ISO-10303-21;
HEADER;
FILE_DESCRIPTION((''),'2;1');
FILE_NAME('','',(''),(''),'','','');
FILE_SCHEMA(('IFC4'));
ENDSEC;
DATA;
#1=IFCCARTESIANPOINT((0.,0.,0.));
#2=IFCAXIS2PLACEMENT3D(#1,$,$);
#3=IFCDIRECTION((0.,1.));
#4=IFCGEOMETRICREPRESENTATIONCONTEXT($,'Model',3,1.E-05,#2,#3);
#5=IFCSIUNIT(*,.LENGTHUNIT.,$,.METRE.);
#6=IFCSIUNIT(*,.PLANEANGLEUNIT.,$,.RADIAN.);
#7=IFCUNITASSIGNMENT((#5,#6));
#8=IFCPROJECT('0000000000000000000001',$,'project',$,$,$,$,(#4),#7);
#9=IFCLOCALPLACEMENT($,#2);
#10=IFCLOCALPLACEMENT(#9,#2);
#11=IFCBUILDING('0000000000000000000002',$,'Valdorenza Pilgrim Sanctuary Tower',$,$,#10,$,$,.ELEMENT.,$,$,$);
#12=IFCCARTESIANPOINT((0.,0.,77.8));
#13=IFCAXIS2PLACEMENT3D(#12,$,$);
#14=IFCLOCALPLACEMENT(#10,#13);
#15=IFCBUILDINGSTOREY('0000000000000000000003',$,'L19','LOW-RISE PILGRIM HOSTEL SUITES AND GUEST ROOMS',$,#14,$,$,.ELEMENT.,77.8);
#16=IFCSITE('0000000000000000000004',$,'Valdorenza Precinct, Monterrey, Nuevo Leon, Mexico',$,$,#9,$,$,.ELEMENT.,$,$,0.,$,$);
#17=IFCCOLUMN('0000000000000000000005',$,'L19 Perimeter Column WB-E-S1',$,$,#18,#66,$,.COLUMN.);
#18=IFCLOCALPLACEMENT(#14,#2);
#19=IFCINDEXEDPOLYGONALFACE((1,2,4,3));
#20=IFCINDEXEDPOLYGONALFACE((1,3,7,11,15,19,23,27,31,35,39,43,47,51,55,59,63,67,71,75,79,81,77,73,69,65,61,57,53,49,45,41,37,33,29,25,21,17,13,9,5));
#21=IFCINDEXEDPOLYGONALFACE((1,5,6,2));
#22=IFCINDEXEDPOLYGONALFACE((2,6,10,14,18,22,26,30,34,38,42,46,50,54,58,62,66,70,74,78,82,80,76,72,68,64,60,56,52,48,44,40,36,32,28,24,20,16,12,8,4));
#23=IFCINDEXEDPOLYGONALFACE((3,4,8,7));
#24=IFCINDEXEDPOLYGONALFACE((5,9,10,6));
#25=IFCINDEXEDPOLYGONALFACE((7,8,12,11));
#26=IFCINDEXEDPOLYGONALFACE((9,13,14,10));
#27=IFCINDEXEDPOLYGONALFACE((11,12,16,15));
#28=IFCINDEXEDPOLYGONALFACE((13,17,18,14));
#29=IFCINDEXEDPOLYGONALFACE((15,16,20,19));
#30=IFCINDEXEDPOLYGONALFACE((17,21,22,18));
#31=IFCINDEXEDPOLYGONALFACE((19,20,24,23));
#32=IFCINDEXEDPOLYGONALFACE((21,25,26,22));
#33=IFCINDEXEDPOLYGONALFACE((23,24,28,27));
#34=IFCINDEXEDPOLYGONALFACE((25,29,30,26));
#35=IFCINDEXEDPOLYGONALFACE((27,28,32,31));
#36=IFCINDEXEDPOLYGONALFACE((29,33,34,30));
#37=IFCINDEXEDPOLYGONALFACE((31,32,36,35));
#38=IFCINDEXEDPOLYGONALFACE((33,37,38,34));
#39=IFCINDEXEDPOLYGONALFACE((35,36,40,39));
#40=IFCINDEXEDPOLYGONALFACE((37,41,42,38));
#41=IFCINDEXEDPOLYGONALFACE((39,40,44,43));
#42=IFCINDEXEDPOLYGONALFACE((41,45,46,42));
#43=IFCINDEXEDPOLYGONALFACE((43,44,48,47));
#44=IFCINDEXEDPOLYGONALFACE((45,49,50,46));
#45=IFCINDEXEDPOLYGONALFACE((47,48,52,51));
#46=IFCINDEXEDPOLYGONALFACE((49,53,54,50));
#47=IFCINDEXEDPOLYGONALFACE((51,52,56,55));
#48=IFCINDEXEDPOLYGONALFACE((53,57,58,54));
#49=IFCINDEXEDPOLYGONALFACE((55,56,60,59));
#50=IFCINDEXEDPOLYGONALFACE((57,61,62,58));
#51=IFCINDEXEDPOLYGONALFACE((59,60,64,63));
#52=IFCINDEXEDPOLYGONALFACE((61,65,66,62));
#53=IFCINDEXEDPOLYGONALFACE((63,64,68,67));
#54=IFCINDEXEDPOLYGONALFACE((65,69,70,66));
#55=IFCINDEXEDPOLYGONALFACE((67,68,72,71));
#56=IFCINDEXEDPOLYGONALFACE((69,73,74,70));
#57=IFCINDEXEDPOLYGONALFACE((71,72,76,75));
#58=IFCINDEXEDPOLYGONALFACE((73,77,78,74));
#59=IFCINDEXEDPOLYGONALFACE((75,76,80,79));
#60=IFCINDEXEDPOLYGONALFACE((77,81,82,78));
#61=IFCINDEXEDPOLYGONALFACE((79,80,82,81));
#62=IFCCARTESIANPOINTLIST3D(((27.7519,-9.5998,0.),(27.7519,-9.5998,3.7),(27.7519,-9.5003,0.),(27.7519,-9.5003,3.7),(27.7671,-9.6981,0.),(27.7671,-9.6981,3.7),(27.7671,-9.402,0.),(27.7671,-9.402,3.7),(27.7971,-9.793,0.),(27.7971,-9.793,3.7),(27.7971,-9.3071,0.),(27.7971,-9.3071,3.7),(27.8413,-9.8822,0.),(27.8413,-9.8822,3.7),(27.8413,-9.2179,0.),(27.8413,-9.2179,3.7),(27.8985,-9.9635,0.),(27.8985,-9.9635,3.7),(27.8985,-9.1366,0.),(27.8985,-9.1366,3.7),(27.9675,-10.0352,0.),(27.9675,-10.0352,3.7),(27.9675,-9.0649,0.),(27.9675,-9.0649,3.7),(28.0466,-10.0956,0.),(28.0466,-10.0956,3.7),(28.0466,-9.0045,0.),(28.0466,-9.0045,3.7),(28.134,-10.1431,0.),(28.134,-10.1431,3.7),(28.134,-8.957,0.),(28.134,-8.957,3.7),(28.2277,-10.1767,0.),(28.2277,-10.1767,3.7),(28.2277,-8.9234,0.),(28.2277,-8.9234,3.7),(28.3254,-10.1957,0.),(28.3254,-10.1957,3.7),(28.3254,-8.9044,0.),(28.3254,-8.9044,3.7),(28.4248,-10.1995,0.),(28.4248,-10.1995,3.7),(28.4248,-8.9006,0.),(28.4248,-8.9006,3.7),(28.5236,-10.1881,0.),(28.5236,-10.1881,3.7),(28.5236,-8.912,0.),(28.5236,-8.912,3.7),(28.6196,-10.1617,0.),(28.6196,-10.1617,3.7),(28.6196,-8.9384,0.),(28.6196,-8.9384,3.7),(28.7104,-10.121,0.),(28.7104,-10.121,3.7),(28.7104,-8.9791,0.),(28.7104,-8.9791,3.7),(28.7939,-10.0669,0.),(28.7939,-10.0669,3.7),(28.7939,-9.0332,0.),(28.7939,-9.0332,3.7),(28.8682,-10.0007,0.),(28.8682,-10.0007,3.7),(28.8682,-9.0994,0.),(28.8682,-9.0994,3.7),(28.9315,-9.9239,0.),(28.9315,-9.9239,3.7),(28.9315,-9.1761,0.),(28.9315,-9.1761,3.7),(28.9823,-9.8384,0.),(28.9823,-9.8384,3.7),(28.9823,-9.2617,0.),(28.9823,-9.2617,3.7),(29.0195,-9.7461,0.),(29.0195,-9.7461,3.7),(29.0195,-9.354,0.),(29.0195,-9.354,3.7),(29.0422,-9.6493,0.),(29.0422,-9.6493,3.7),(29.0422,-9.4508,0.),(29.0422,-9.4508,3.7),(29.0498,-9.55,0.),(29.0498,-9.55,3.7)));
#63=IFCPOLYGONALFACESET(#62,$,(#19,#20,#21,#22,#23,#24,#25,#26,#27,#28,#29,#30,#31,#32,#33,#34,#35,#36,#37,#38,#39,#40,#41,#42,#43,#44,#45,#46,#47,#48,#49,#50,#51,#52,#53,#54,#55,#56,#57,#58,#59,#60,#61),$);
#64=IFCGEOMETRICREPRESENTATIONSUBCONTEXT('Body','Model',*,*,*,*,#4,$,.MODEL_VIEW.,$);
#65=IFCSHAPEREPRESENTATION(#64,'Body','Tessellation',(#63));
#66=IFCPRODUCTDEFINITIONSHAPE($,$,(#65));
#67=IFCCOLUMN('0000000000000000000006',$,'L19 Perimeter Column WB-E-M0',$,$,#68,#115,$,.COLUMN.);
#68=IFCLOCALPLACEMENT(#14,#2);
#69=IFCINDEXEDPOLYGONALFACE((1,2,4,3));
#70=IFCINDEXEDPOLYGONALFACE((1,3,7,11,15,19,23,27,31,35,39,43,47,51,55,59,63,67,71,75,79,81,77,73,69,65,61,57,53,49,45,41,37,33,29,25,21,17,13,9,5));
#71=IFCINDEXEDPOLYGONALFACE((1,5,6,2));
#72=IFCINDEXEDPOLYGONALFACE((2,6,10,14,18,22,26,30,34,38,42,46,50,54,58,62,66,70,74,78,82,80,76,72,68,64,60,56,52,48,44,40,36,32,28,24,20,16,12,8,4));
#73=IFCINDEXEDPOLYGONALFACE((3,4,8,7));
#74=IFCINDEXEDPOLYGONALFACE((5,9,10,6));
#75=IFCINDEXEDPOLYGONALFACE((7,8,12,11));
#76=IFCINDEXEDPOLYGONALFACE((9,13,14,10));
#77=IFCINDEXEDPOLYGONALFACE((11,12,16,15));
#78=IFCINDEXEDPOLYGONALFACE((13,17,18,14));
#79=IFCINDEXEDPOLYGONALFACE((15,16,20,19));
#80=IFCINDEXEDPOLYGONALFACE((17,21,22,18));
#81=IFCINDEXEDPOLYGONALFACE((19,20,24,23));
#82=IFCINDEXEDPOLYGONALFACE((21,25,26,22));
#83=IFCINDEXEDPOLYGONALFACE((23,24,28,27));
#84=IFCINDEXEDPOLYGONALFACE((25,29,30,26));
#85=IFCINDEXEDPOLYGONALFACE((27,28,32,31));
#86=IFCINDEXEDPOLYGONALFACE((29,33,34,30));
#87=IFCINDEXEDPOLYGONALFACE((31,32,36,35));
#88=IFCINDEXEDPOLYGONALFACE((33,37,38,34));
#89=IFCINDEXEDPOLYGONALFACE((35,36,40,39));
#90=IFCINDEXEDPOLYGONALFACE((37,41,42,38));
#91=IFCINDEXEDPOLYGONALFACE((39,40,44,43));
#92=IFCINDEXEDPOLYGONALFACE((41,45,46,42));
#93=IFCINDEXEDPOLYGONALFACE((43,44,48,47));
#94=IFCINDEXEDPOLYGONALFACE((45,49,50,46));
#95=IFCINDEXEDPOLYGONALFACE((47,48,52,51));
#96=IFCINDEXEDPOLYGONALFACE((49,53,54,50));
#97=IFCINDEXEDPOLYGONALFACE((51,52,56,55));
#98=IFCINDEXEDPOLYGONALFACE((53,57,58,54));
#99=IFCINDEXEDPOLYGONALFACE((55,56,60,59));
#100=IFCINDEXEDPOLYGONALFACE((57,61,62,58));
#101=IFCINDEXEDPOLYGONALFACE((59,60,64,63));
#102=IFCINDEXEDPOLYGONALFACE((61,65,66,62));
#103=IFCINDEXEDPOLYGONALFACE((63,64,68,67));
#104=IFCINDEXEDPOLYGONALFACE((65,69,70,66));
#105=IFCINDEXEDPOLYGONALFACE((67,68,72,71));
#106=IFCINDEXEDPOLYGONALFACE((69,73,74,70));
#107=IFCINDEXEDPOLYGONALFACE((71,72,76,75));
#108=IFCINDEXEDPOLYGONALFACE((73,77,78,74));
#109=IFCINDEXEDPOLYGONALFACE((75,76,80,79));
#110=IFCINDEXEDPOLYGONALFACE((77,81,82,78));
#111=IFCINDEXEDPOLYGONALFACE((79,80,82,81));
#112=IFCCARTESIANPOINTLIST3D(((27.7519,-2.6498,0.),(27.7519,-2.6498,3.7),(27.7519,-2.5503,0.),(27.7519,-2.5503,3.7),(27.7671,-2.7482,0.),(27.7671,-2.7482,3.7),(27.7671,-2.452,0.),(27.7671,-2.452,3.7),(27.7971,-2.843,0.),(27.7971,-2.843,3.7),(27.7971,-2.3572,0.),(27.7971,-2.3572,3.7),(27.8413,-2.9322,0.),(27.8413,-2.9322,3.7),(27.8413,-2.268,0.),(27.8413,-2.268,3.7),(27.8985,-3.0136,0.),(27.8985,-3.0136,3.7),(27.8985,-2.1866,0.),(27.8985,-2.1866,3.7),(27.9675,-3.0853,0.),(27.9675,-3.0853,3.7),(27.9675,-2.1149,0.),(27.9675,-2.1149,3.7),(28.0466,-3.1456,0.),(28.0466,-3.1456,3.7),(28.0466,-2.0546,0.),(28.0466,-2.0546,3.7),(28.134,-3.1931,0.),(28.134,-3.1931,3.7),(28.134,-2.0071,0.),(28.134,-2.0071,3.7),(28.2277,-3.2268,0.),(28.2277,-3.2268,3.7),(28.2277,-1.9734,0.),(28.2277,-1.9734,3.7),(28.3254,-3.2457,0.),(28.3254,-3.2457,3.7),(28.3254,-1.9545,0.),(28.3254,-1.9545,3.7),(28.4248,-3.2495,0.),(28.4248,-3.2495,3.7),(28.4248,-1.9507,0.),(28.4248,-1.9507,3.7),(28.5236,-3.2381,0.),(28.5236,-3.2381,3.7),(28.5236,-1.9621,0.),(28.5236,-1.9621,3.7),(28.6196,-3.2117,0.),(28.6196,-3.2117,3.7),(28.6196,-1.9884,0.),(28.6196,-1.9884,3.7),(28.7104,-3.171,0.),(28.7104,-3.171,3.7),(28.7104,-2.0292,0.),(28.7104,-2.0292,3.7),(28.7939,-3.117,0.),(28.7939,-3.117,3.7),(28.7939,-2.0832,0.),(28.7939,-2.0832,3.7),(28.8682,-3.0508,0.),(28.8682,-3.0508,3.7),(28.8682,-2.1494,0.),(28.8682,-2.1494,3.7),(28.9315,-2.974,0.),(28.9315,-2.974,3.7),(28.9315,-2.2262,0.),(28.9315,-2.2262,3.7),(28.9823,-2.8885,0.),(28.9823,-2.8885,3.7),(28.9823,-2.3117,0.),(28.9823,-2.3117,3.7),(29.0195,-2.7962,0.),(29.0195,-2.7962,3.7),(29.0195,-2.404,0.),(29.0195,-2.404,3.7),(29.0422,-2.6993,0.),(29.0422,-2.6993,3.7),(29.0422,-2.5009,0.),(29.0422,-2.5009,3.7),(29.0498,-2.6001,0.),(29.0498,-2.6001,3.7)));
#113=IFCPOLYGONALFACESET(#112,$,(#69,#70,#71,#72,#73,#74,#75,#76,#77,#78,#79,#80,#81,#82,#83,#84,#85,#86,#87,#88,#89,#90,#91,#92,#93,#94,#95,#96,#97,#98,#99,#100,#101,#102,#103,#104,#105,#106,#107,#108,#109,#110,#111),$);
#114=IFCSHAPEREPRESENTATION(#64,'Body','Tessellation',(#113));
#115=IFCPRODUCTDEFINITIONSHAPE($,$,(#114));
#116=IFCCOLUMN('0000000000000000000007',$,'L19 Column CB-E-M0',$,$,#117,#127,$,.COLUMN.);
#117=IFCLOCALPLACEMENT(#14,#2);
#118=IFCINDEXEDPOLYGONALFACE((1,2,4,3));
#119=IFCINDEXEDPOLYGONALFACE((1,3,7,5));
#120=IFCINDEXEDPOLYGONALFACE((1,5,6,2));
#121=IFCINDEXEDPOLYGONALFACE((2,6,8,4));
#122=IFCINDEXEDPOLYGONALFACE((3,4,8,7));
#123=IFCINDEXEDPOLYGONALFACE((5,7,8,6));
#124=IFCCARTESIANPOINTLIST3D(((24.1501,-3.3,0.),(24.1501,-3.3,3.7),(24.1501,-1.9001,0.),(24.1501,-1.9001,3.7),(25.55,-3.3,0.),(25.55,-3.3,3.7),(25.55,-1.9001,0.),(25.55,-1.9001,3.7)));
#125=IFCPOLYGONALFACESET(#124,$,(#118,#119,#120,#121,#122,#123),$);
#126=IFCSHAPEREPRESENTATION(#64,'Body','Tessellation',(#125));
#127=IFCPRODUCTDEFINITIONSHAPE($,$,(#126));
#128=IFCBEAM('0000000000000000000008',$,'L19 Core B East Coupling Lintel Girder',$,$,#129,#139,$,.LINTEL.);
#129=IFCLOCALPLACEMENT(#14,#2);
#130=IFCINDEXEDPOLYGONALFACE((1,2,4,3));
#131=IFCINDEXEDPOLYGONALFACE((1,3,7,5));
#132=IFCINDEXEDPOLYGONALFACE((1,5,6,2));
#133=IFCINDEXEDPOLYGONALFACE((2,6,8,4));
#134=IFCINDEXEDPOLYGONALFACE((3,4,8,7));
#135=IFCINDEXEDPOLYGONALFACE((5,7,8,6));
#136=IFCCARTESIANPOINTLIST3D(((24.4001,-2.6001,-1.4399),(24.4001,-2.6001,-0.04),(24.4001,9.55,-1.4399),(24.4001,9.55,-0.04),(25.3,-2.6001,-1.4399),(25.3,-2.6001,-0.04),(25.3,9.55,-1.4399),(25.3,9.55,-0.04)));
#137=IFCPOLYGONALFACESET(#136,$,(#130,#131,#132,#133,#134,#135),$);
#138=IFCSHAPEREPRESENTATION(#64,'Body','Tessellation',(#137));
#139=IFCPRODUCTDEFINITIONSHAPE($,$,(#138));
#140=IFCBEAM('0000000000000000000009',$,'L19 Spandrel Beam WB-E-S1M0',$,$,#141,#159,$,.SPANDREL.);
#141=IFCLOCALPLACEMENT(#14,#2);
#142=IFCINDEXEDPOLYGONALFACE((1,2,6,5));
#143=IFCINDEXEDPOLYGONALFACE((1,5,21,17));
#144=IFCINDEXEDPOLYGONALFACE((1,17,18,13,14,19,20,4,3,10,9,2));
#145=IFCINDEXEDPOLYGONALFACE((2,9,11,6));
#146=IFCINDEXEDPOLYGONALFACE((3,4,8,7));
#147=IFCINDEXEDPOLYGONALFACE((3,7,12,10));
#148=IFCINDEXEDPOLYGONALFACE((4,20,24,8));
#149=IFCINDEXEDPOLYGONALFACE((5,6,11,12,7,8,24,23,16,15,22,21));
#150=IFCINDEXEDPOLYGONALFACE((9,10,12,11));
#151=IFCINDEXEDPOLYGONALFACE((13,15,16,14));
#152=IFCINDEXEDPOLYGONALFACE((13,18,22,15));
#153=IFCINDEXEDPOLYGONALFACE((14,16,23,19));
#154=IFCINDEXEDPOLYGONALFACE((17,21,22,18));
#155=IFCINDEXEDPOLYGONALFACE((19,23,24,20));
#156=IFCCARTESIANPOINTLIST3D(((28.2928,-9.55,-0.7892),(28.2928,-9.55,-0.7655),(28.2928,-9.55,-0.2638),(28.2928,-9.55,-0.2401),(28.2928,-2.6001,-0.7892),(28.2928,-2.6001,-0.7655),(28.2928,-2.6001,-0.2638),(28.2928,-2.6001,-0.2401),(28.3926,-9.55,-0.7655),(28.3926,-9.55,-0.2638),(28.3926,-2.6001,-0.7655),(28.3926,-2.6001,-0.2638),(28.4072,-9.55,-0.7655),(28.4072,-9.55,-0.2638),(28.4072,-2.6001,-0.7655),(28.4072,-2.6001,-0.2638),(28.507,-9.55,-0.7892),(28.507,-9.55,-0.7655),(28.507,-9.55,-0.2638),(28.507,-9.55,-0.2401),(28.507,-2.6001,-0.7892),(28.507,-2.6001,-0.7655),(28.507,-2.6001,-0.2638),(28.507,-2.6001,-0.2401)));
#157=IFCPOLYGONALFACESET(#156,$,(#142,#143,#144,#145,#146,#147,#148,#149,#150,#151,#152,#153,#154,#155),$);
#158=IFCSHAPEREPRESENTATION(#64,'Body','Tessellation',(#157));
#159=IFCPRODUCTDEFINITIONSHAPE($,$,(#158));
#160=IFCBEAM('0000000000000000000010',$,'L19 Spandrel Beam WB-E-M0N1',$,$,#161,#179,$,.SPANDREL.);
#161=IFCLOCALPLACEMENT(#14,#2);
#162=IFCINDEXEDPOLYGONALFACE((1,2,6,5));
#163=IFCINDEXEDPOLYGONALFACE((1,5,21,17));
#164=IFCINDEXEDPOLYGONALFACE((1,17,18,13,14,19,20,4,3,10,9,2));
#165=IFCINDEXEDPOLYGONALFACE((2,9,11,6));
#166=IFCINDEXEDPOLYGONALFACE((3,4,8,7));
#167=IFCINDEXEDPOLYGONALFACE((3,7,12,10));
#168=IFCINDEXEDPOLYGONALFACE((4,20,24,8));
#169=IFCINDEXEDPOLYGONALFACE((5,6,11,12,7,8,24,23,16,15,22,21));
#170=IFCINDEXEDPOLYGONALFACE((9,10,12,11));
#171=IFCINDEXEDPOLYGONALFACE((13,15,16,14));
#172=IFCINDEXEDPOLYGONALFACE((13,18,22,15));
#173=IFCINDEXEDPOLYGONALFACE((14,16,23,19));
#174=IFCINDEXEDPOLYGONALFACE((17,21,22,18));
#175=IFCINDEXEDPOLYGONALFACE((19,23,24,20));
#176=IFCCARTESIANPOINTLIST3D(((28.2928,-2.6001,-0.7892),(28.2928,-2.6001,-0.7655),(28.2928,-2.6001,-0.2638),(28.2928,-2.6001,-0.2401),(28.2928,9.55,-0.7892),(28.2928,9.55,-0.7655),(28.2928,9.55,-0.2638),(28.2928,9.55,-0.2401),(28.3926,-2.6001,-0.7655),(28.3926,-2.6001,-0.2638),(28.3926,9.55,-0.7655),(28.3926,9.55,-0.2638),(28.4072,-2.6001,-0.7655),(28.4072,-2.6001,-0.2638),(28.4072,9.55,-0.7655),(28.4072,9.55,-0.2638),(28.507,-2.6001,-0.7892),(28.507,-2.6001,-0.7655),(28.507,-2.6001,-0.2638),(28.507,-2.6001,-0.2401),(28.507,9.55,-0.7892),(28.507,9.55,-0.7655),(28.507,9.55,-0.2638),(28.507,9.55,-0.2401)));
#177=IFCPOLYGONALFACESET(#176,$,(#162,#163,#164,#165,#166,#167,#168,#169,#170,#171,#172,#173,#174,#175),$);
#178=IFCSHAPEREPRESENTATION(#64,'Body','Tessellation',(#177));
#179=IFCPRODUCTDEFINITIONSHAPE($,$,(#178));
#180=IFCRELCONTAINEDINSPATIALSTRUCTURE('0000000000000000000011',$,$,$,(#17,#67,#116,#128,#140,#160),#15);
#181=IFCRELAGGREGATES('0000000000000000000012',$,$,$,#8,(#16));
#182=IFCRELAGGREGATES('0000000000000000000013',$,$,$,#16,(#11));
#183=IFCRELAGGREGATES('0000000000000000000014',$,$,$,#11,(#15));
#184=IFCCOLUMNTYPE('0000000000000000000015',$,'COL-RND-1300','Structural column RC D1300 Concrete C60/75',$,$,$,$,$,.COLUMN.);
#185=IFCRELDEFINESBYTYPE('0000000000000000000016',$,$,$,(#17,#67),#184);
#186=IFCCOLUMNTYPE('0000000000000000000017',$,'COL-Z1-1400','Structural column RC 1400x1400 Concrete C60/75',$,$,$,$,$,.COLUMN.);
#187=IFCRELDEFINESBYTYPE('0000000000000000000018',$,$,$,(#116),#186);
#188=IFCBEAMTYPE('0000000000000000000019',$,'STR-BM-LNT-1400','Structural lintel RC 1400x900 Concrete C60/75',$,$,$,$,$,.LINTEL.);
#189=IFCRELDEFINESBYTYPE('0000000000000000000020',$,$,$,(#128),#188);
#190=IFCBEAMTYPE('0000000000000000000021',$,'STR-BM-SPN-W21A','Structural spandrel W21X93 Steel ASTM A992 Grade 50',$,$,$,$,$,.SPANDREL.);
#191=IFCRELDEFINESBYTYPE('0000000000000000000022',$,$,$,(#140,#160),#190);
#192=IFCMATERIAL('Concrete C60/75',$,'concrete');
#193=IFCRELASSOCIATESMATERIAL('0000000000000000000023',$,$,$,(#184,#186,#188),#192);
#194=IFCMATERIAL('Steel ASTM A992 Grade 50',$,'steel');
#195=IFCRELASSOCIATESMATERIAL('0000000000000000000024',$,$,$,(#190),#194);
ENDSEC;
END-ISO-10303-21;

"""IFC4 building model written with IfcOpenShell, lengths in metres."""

from ifc_helpers import new_model, si_unit, direction, frame, origin, origin_2d, place, context, subcontext, project, spatial, rectangle, circle, i_section, extrude, source, transform, mapped, material, material_profile, profile_set, type_object, element, save


model = new_model("IFC4")

# Units and contexts
model_context = context("Model", 3, precision=1e-05, world=origin(), true_north=direction((0.0, 1.0)))
body_context = subcontext(model_context, "Body", "Model", "MODEL_VIEW")
ifc_project = project(units=[si_unit("LENGTHUNIT", "METRE"), si_unit("PLANEANGLEUNIT", "RADIAN")], contexts=[model_context])

# Site, building, storey
site_placement = place(None, origin())
site = spatial("IfcSite", under=ifc_project, at=site_placement, Name="Valdorenza Precinct, Monterrey, Nuevo Leon, Mexico", CompositionType="ELEMENT", RefElevation=0.0)
building_placement = place(site_placement, origin())
building = spatial("IfcBuilding", under=site, at=building_placement, Name="Valdorenza Pilgrim Sanctuary Tower", CompositionType="ELEMENT")
storey_placement = place(building_placement, frame((0.0, 0.0, 77.8)))
storey = spatial("IfcBuildingStorey", under=building, at=storey_placement, Name="L19", Description="LOW-RISE PILGRIM HOSTEL SUITES AND GUEST ROOMS", CompositionType="ELEMENT", Elevation=77.8)

# Columns
ifc_material_1 = material(Name="Concrete C60/75", Category="concrete")
ifc_material_profile_1 = material_profile(ifc_material_1, circle(Radius=0.6499, at=origin_2d()), Name="RC D1300")
ifc_profile_set_1 = profile_set([ifc_material_profile_1], Name="Concrete C60/75")
column_type_1 = type_object("IfcColumnType", Name="COL-RND-1300", Description="Structural column RC D1300 Concrete C60/75", PredefinedType="COLUMN", material=ifc_profile_set_1)
shared_shape_1 = source(origin(), body_context, "Body", "SweptSolid", [
    extrude(circle(Radius=0.6499, at=origin_2d()), origin(), (0.0, 0.0, 1.0), 3.7),
])
for number, where, z_axis, x_axis, name in (
    (1, (28.3999, -9.55, 0.0), (0.0, 0.0, 1.0), (1.0, 0.0, 0.0), "L19 Perimeter Column WB-E-S1"),
    (2, (28.3999, -2.6001, 0.0), (0.0, 0.0, 1.0), (1.0, 0.0, 0.0), "L19 Perimeter Column WB-E-M0"),
):
    element("IfcColumn", number, at=place(storey_placement, frame(where, z_axis=z_axis, x_axis=x_axis)), inside=storey, type_object=column_type_1, Name=name, PredefinedType="COLUMN", context=body_context, shape_type="MappedRepresentation", body=[
        mapped(shared_shape_1, transform((0.0, 0.0, 0.0), x_axis=(1.0, 0.0, 0.0), y_axis=(0.0, 1.0, 0.0), z_axis=(0.0, 0.0, 1.0), scale=1.0)),
    ])
ifc_material_profile_2 = material_profile(ifc_material_1, rectangle(XDim=1.3999, YDim=1.3999, at=origin_2d()), Name="RC 1400x1400")
ifc_profile_set_2 = profile_set([ifc_material_profile_2], Name="Concrete C60/75")
column_type_2 = type_object("IfcColumnType", Name="COL-Z1-1400", Description="Structural column RC 1400x1400 Concrete C60/75", PredefinedType="COLUMN", material=ifc_profile_set_2)
shared_shape_2 = source(origin(), body_context, "Body", "SweptSolid", [
    extrude(rectangle(XDim=1.3999, YDim=1.3999, at=origin_2d()), origin(), (0.0, 0.0, 1.0), 3.7),
])
column_placement = place(storey_placement, frame((24.8501, -2.6001, 0.0), z_axis=(0.0, 0.0, 1.0), x_axis=(1.0, 0.0, 0.0)))
element("IfcColumn", 3, at=column_placement, inside=storey, type_object=column_type_2, Name="L19 Column CB-E-M0", PredefinedType="COLUMN", context=body_context, shape_type="MappedRepresentation", body=[
    mapped(shared_shape_2, transform((0.0, 0.0, 0.0), x_axis=(1.0, 0.0, 0.0), y_axis=(0.0, 1.0, 0.0), z_axis=(0.0, 0.0, 1.0), scale=1.0)),
])

# Beams
ifc_material_profile_3 = material_profile(ifc_material_1, rectangle(XDim=0.8999, YDim=1.3999, at=origin_2d()), Name="RC 1400x900")
ifc_profile_set_3 = profile_set([ifc_material_profile_3], Name="Concrete C60/75")
beam_type_1 = type_object("IfcBeamType", Name="STR-BM-LNT-1400", Description="Structural lintel RC 1400x900 Concrete C60/75", PredefinedType="LINTEL", material=ifc_profile_set_3)
shared_shape_3 = source(origin(), body_context, "Body", "SweptSolid", [
    extrude(rectangle(XDim=0.8999, YDim=1.3999, at=origin_2d()), origin(), (0.0, 0.0, 1.0), 12.1501),
])
beam_1_placement = place(storey_placement, frame((24.8501, -2.6001, -0.74), z_axis=(0.0, 1.0, 0.0), x_axis=(-1.0, 0.0, 0.0)))
element("IfcBeam", 4, at=beam_1_placement, inside=storey, type_object=beam_type_1, Name="L19 Core B East Coupling Lintel Girder", PredefinedType="LINTEL", context=body_context, shape_type="MappedRepresentation", body=[
    mapped(shared_shape_3, transform((0.0, 0.0, 0.0), x_axis=(1.0, 0.0, 0.0), y_axis=(0.0, 1.0, 0.0), z_axis=(0.0, 0.0, 1.0), scale=1.0)),
])
ifc_material_2 = material(Name="Steel ASTM A992 Grade 50", Category="steel")
ifc_material_profile_4 = material_profile(ifc_material_2, i_section(OverallWidth=0.2141, OverallDepth=0.5491, WebThickness=0.0146, FlangeThickness=0.0237, at=origin_2d()), Name="W21X93")
ifc_profile_set_4 = profile_set([ifc_material_profile_4], Name="Steel ASTM A992 Grade 50")
beam_type_2 = type_object("IfcBeamType", Name="STR-BM-SPN-W21A", Description="Structural spandrel W21X93 Steel ASTM A992 Grade 50", PredefinedType="SPANDREL", material=ifc_profile_set_4)
shared_shape_4 = source(origin(), body_context, "Body", "SweptSolid", [
    extrude(i_section(OverallWidth=0.2141, OverallDepth=0.5491, WebThickness=0.0146, FlangeThickness=0.0237, at=origin_2d()), origin(), (0.0, 0.0, 1.0), 6.95),
])
beam_2_placement = place(storey_placement, frame((28.3999, -9.55, -0.5146), z_axis=(0.0, 1.0, 0.0), x_axis=(-1.0, 0.0, 0.0)))
element("IfcBeam", 5, at=beam_2_placement, inside=storey, type_object=beam_type_2, Name="L19 Spandrel Beam WB-E-S1M0", PredefinedType="SPANDREL", context=body_context, shape_type="MappedRepresentation", body=[
    mapped(shared_shape_4, transform((0.0, 0.0, 0.0), x_axis=(1.0, 0.0, 0.0), y_axis=(0.0, 1.0, 0.0), z_axis=(0.0, 0.0, 1.0), scale=1.0)),
])
shared_shape_5 = source(origin(), body_context, "Body", "SweptSolid", [
    extrude(i_section(OverallWidth=0.2141, OverallDepth=0.5491, WebThickness=0.0146, FlangeThickness=0.0237, at=origin_2d()), origin(), (0.0, 0.0, 1.0), 12.1501),
])
beam_3_placement = place(storey_placement, frame((28.3999, -2.6001, -0.5146), z_axis=(0.0, 1.0, 0.0), x_axis=(-1.0, 0.0, 0.0)))
element("IfcBeam", 6, at=beam_3_placement, inside=storey, type_object=beam_type_2, Name="L19 Spandrel Beam WB-E-M0N1", PredefinedType="SPANDREL", context=body_context, shape_type="MappedRepresentation", body=[
    mapped(shared_shape_5, transform((0.0, 0.0, 0.0), x_axis=(1.0, 0.0, 0.0), y_axis=(0.0, 1.0, 0.0), z_axis=(0.0, 0.0, 1.0), scale=1.0)),
])

save(model, "model.ifc")
